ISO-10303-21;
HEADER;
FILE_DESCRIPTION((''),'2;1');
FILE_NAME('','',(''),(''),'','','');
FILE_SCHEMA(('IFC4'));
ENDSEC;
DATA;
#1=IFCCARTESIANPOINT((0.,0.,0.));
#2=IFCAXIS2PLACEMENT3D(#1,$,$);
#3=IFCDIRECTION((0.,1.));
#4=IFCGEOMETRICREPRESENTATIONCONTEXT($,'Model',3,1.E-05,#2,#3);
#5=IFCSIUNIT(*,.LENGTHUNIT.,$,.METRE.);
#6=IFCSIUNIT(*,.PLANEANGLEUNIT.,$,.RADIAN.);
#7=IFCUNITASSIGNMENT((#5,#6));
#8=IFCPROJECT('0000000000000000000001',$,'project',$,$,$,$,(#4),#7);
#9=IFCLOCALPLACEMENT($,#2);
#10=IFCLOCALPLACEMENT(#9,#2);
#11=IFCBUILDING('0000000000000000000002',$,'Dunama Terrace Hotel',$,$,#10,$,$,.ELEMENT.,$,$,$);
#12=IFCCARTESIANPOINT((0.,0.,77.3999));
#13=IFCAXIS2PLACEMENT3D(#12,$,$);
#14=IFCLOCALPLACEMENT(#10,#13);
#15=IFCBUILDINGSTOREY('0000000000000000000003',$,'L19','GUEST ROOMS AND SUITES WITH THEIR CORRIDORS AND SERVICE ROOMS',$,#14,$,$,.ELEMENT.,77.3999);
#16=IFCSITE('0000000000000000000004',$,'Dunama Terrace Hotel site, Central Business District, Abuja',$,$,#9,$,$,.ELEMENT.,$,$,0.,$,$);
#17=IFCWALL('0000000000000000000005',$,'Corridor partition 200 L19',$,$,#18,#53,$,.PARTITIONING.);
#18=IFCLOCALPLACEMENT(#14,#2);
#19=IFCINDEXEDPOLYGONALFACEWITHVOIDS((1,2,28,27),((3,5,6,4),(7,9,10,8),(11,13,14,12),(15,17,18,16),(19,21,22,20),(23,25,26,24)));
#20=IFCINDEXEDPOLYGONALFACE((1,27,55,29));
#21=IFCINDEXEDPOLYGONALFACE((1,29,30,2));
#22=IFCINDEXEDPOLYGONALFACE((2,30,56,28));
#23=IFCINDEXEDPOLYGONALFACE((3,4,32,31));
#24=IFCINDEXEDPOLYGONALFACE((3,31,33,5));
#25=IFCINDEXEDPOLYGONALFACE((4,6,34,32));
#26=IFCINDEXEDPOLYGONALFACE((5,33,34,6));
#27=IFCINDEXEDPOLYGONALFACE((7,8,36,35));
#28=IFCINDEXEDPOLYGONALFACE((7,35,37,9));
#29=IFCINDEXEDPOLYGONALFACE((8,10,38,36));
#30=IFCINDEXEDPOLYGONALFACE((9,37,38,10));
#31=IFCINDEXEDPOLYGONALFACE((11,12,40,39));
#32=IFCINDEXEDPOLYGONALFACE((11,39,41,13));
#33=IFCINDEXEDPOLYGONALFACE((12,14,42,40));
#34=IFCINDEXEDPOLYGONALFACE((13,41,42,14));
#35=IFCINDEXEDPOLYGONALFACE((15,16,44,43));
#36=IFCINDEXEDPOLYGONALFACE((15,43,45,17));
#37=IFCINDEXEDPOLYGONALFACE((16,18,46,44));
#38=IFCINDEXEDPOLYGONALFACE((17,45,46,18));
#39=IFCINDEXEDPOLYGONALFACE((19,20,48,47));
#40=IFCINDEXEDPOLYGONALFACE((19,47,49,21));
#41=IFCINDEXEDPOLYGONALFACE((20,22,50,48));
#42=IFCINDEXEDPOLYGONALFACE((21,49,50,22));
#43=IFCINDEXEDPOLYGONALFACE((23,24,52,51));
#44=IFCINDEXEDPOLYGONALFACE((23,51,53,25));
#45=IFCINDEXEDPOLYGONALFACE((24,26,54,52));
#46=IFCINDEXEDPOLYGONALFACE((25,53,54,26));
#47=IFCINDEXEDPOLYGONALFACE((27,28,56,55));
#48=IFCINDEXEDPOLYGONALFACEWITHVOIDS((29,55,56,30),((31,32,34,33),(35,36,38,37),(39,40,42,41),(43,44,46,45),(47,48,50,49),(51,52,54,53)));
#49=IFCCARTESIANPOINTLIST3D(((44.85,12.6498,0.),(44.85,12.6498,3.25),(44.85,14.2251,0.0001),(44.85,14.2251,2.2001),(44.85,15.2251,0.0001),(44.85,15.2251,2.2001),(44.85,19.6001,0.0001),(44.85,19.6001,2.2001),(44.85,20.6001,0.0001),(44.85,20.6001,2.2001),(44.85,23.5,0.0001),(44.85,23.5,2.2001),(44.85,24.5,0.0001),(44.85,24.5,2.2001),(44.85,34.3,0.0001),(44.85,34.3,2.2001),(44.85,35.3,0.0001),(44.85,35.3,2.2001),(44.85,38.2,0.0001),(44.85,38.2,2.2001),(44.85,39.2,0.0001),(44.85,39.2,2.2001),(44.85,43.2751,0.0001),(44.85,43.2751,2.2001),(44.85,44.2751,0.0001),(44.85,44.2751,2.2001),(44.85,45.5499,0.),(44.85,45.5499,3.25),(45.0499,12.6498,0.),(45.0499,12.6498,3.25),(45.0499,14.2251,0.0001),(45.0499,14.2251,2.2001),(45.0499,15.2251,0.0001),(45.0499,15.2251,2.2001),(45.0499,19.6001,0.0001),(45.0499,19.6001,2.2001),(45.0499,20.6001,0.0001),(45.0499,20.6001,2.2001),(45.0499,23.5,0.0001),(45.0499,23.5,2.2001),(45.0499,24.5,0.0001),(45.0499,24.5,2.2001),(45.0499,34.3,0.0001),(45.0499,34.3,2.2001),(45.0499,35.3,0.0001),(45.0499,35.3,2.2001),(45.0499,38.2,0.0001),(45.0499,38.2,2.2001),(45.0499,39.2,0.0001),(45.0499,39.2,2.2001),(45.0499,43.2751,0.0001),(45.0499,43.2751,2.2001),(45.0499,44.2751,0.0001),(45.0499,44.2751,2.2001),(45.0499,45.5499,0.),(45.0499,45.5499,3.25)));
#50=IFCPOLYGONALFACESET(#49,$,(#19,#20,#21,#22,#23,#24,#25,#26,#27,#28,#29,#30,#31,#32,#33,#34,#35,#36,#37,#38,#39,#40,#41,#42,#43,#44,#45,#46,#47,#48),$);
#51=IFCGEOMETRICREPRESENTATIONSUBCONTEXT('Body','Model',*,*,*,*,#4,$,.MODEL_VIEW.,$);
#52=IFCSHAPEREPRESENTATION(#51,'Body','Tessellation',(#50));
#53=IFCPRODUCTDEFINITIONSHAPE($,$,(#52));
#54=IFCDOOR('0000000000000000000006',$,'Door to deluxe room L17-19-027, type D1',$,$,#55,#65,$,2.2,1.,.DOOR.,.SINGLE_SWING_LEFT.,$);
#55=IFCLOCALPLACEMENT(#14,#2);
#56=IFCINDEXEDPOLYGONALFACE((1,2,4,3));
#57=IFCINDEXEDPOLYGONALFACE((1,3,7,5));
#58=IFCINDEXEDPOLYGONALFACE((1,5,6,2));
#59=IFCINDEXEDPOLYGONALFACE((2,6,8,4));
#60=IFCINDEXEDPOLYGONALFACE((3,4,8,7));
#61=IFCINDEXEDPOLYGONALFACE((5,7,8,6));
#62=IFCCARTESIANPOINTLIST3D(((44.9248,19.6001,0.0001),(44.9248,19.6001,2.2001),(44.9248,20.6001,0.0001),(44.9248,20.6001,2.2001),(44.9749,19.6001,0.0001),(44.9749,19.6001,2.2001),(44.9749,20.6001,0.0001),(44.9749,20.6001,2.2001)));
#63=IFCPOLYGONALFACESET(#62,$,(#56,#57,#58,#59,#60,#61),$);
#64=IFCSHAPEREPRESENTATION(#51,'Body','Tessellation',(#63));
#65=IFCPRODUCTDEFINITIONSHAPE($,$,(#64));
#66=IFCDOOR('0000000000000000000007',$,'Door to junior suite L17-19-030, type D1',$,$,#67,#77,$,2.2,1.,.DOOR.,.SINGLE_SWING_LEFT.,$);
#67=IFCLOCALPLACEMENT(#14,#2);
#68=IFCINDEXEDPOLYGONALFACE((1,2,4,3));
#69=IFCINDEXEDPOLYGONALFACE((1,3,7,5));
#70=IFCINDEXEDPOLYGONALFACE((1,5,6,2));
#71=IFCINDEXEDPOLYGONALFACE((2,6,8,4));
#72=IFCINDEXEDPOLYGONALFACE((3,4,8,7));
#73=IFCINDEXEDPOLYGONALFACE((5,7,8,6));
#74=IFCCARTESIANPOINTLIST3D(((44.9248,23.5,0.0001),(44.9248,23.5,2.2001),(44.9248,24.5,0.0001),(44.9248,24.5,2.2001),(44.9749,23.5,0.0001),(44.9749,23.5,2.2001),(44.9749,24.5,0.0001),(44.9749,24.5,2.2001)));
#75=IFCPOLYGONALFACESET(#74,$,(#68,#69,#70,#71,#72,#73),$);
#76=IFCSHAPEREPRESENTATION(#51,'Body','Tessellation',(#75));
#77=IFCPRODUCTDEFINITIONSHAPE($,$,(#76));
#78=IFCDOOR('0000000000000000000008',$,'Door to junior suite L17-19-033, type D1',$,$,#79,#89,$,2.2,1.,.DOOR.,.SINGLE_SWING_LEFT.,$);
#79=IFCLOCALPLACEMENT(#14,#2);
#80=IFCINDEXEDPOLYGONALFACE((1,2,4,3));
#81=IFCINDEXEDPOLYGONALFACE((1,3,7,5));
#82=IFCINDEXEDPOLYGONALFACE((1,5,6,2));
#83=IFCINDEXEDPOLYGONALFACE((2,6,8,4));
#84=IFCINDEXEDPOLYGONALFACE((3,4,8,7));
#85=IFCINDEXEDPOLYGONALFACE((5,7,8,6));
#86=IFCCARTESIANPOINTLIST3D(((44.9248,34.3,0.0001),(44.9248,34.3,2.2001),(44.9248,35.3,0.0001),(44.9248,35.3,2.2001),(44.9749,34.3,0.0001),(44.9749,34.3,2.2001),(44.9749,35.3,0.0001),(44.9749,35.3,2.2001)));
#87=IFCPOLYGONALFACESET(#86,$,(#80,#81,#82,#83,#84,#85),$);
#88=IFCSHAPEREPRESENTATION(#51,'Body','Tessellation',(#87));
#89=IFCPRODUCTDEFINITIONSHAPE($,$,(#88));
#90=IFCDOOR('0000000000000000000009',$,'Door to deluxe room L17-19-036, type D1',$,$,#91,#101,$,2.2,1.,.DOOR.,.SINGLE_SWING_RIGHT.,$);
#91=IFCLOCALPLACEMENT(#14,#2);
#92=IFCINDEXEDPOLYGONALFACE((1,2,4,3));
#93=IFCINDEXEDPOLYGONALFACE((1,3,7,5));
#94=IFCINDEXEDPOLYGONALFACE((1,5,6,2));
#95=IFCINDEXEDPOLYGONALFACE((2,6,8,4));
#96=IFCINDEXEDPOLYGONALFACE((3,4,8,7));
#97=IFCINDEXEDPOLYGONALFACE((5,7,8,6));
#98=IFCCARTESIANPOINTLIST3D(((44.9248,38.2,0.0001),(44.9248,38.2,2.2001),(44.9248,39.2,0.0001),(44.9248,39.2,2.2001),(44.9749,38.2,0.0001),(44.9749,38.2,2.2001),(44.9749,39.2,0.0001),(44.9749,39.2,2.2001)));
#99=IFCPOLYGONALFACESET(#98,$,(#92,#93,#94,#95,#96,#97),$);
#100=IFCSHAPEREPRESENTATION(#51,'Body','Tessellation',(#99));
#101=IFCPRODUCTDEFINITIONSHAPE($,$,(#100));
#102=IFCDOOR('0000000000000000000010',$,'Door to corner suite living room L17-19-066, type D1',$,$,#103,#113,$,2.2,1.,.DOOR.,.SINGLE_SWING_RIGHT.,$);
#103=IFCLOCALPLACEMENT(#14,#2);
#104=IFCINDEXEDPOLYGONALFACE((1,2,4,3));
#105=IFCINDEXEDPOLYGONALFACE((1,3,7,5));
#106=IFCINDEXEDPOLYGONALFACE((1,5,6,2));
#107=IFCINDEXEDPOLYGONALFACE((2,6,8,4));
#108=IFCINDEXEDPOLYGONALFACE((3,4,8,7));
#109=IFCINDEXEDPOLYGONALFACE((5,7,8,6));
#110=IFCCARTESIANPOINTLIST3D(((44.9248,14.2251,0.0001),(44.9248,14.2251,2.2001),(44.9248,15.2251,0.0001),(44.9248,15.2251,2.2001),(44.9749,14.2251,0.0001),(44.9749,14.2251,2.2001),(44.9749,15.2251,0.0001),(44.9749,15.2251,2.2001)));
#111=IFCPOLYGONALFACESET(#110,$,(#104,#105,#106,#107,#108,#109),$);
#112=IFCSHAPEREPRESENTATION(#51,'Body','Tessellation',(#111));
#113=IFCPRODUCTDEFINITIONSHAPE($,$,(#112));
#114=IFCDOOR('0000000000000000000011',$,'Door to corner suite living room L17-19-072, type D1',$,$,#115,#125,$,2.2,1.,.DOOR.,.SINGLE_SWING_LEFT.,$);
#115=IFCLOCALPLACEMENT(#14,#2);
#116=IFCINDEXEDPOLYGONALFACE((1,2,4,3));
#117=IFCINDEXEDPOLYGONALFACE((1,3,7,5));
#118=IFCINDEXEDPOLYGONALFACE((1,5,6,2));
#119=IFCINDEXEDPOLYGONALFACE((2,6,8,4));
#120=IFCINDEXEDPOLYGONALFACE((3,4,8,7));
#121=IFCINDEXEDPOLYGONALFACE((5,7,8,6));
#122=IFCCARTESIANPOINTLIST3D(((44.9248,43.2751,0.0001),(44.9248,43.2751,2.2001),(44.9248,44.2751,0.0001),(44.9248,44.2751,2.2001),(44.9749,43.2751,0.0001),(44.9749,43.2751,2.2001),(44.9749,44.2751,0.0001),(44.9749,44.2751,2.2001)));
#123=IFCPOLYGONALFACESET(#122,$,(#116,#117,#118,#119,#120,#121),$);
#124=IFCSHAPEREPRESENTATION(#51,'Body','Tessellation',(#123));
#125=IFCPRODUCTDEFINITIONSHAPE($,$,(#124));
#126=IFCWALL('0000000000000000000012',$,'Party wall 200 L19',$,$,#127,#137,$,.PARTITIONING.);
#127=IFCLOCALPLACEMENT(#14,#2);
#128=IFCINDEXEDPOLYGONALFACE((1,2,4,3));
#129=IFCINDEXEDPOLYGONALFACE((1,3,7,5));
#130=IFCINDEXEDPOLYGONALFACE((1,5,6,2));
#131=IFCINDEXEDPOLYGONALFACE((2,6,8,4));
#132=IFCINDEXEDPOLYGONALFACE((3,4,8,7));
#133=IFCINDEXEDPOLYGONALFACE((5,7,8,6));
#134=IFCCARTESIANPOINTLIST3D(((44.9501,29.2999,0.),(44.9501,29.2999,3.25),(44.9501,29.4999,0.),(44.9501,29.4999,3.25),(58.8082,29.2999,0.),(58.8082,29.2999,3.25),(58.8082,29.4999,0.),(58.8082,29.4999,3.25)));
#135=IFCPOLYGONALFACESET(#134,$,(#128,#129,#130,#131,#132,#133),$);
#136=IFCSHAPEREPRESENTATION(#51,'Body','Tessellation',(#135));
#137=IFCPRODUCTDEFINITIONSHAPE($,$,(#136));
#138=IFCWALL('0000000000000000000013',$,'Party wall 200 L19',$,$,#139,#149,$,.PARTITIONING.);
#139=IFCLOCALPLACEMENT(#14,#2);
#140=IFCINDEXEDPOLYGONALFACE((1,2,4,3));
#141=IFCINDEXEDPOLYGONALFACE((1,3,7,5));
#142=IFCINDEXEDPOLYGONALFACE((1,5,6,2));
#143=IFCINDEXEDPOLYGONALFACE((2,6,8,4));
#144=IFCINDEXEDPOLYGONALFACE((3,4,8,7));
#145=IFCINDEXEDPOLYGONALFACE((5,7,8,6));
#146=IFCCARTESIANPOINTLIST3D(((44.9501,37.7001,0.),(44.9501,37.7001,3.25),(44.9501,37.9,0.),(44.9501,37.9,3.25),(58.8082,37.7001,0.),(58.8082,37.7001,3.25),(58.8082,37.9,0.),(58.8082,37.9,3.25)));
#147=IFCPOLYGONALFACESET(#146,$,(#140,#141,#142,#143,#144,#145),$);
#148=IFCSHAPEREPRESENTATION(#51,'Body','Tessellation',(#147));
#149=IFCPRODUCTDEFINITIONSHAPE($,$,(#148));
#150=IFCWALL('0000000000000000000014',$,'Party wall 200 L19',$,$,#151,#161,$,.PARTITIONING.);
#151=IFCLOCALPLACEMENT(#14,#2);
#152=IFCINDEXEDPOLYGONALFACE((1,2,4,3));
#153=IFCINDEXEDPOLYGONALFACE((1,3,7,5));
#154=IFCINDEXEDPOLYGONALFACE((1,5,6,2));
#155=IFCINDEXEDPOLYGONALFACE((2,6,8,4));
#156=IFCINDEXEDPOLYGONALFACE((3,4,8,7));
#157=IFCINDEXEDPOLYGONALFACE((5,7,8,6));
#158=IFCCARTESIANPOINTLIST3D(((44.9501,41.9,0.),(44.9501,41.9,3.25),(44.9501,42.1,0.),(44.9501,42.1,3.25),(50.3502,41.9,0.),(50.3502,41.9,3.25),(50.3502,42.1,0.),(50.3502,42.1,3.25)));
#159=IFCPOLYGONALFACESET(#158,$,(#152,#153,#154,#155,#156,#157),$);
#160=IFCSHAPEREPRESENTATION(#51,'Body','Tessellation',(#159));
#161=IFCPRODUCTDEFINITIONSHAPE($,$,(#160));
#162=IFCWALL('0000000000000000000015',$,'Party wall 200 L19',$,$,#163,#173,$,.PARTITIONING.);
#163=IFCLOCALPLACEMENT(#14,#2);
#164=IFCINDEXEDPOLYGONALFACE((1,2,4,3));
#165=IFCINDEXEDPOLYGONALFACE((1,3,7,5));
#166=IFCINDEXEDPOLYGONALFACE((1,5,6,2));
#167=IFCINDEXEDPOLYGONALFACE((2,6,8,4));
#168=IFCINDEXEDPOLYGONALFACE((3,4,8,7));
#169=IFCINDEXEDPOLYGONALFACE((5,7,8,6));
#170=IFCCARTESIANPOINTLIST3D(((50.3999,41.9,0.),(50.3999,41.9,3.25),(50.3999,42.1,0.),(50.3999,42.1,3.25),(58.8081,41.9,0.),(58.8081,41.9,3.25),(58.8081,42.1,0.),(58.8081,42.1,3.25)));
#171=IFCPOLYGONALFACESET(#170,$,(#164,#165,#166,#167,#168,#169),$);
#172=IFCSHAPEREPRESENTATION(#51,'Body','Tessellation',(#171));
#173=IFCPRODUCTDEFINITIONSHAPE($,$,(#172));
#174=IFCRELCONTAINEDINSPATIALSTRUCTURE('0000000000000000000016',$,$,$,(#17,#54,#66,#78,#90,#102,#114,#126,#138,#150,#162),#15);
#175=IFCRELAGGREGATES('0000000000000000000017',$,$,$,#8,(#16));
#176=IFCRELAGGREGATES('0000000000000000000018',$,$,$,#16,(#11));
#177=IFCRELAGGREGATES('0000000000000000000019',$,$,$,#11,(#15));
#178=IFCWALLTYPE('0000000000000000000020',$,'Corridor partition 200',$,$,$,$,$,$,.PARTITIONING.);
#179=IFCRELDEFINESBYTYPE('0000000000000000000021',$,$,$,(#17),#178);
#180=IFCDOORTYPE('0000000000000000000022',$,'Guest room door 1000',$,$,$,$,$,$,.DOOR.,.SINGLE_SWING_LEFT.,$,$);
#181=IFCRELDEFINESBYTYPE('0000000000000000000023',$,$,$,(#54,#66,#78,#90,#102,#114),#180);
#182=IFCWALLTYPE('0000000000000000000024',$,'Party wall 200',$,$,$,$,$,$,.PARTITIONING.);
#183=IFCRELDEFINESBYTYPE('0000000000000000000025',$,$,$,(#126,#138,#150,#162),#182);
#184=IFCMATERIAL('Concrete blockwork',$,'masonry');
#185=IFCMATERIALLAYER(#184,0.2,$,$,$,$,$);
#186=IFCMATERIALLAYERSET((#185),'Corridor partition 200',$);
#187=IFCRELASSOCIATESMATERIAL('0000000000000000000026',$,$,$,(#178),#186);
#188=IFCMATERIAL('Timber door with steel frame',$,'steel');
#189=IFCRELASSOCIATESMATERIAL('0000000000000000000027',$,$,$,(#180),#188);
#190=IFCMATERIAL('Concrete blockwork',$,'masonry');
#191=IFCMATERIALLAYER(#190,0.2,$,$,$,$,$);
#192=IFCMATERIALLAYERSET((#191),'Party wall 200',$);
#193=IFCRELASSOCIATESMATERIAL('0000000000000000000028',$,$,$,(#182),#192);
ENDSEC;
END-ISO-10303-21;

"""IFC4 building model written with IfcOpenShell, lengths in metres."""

from ifc_helpers import new_model, si_unit, direction, frame, frame_2d, origin, place, context, subcontext, project, spatial, rectangle, extrude, material, layer, layer_set, type_object, element, fill, save


model = new_model("IFC4")

# Units and contexts
model_context = context("Model", 3, precision=1e-05, world=origin(), true_north=direction((0.0, 1.0)))
body_context = subcontext(model_context, "Body", "Model", "MODEL_VIEW")
ifc_project = project(units=[si_unit("LENGTHUNIT", "METRE"), si_unit("PLANEANGLEUNIT", "RADIAN")], contexts=[model_context])

# Site, building, storey
site_placement = place(None, origin())
site = spatial("IfcSite", under=ifc_project, at=site_placement, Name="Dunama Terrace Hotel site, Central Business District, Abuja", CompositionType="ELEMENT", RefElevation=0.0)
building_placement = place(site_placement, origin())
building = spatial("IfcBuilding", under=site, at=building_placement, Name="Dunama Terrace Hotel", CompositionType="ELEMENT")
storey_placement = place(building_placement, frame((0.0, 0.0, 77.3999)))
storey = spatial("IfcBuildingStorey", under=building, at=storey_placement, Name="L19", Description="GUEST ROOMS AND SUITES WITH THEIR CORRIDORS AND SERVICE ROOMS", CompositionType="ELEMENT", Elevation=77.3999)

# Wall, openings, doors
ifc_material_1 = material(Name="Concrete blockwork", Category="masonry")
ifc_layer_1 = layer(ifc_material_1, 0.2)
ifc_layer_set_1 = layer_set([ifc_layer_1], Name="Corridor partition 200")
wall_type_1 = type_object("IfcWallType", Name="Corridor partition 200", PredefinedType="PARTITIONING", material=ifc_layer_set_1)
wall_1_placement = place(storey_placement, frame((44.95, 45.55, 0.0), z_axis=(0.0, 0.0, 1.0), x_axis=(0.0, -1.0, 0.0)))
wall_1 = element("IfcWall", 1, at=wall_1_placement, inside=storey, type_object=wall_type_1, Name="Corridor partition 200 L19", PredefinedType="PARTITIONING", context=body_context, shape_type="SweptSolid", body=[
    extrude(rectangle(XDim=32.9001, YDim=0.2, at=frame_2d((16.4502, 0.0))), origin(), (0.0, 0.0, 1.0), 3.25),
])
opening_1_placement = place(wall_1_placement, frame((24.95, 0.0, 0.0)))
opening_1 = element("IfcOpeningElement", 2, at=opening_1_placement, cuts=wall_1, PredefinedType="OPENING", context=body_context, shape_type="SweptSolid", body=[
    extrude(rectangle(XDim=1.0, YDim=2.2, at=frame_2d((0.5, 1.1001))), frame((0.0, 0.1099, 0.0), z_axis=(0.0, -1.0, 0.0), x_axis=(1.0, 0.0, 0.0)), (0.0, 0.0, 1.0), 0.22),
])
opening_2_placement = place(wall_1_placement, frame((21.05, 0.0, 0.0)))
opening_2 = element("IfcOpeningElement", 3, at=opening_2_placement, cuts=wall_1, PredefinedType="OPENING", context=body_context, shape_type="SweptSolid", body=[
    extrude(rectangle(XDim=1.0, YDim=2.2, at=frame_2d((0.5, 1.1001))), frame((0.0, 0.1099, 0.0), z_axis=(0.0, -1.0, 0.0), x_axis=(1.0, 0.0, 0.0)), (0.0, 0.0, 1.0), 0.22),
])
opening_3_placement = place(wall_1_placement, frame((10.25, 0.0, 0.0)))
opening_3 = element("IfcOpeningElement", 4, at=opening_3_placement, cuts=wall_1, PredefinedType="OPENING", context=body_context, shape_type="SweptSolid", body=[
    extrude(rectangle(XDim=1.0, YDim=2.2, at=frame_2d((0.5, 1.1001))), frame((0.0, 0.1099, 0.0), z_axis=(0.0, -1.0, 0.0), x_axis=(1.0, 0.0, 0.0)), (0.0, 0.0, 1.0), 0.22),
])
opening_4_placement = place(wall_1_placement, frame((6.3501, 0.0, 0.0)))
opening_4 = element("IfcOpeningElement", 5, at=opening_4_placement, cuts=wall_1, PredefinedType="OPENING", context=body_context, shape_type="SweptSolid", body=[
    extrude(rectangle(XDim=1.0, YDim=2.2, at=frame_2d((0.5, 1.1001))), frame((0.0, 0.1099, 0.0), z_axis=(0.0, -1.0, 0.0), x_axis=(1.0, 0.0, 0.0)), (0.0, 0.0, 1.0), 0.22),
])
opening_5_placement = place(wall_1_placement, frame((30.325, 0.0, 0.0)))
opening_5 = element("IfcOpeningElement", 6, at=opening_5_placement, cuts=wall_1, PredefinedType="OPENING", context=body_context, shape_type="SweptSolid", body=[
    extrude(rectangle(XDim=1.0, YDim=2.2, at=frame_2d((0.5, 1.1001))), frame((0.0, 0.1099, 0.0), z_axis=(0.0, -1.0, 0.0), x_axis=(1.0, 0.0, 0.0)), (0.0, 0.0, 1.0), 0.22),
])
opening_6_placement = place(wall_1_placement, frame((1.2749, 0.0, 0.0)))
opening_6 = element("IfcOpeningElement", 7, at=opening_6_placement, cuts=wall_1, PredefinedType="OPENING", context=body_context, shape_type="SweptSolid", body=[
    extrude(rectangle(XDim=1.0, YDim=2.2, at=frame_2d((0.5, 1.1001))), frame((0.0, 0.1099, 0.0), z_axis=(0.0, -1.0, 0.0), x_axis=(1.0, 0.0, 0.0)), (0.0, 0.0, 1.0), 0.22),
])
ifc_material_2 = material(Name="Timber door with steel frame", Category="steel")
door_type_1 = type_object("IfcDoorType", Name="Guest room door 1000", OperationType="SINGLE_SWING_LEFT", PredefinedType="DOOR", material=ifc_material_2)
door_1_placement = place(opening_1_placement, origin())
door_1 = element("IfcDoor", 8, at=door_1_placement, inside=storey, type_object=door_type_1, Name="Door to deluxe room L17-19-027, type D1", OperationType="SINGLE_SWING_LEFT", OverallHeight=2.2, OverallWidth=1.0, PredefinedType="DOOR", context=body_context, shape_type="SweptSolid", body=[
    extrude(rectangle(XDim=1.0, YDim=2.2, at=frame_2d((0.5, 1.1001))), frame((0.0, 0.0249, 0.0), z_axis=(0.0, -1.0, 0.0), x_axis=(1.0, 0.0, 0.0)), (0.0, 0.0, 1.0), 0.05),
])
fill(opening_1, door_1)
door_2_placement = place(opening_2_placement, origin())
door_2 = element("IfcDoor", 9, at=door_2_placement, inside=storey, type_object=door_type_1, Name="Door to junior suite L17-19-030, type D1", OperationType="SINGLE_SWING_LEFT", OverallHeight=2.2, OverallWidth=1.0, PredefinedType="DOOR", context=body_context, shape_type="SweptSolid", body=[
    extrude(rectangle(XDim=1.0, YDim=2.2, at=frame_2d((0.5, 1.1001))), frame((0.0, 0.0249, 0.0), z_axis=(0.0, -1.0, 0.0), x_axis=(1.0, 0.0, 0.0)), (0.0, 0.0, 1.0), 0.05),
])
fill(opening_2, door_2)
door_3_placement = place(opening_3_placement, origin())
door_3 = element("IfcDoor", 10, at=door_3_placement, inside=storey, type_object=door_type_1, Name="Door to junior suite L17-19-033, type D1", OperationType="SINGLE_SWING_LEFT", OverallHeight=2.2, OverallWidth=1.0, PredefinedType="DOOR", context=body_context, shape_type="SweptSolid", body=[
    extrude(rectangle(XDim=1.0, YDim=2.2, at=frame_2d((0.5, 1.1001))), frame((0.0, 0.0249, 0.0), z_axis=(0.0, -1.0, 0.0), x_axis=(1.0, 0.0, 0.0)), (0.0, 0.0, 1.0), 0.05),
])
fill(opening_3, door_3)
door_4_placement = place(opening_4_placement, origin())
door_4 = element("IfcDoor", 11, at=door_4_placement, inside=storey, type_object=door_type_1, Name="Door to deluxe room L17-19-036, type D1", OperationType="SINGLE_SWING_RIGHT", OverallHeight=2.2, OverallWidth=1.0, PredefinedType="DOOR", context=body_context, shape_type="SweptSolid", body=[
    extrude(rectangle(XDim=1.0, YDim=2.2, at=frame_2d((0.5, 1.1001))), frame((0.0, 0.0249, 0.0), z_axis=(0.0, -1.0, 0.0), x_axis=(1.0, 0.0, 0.0)), (0.0, 0.0, 1.0), 0.05),
])
fill(opening_4, door_4)
door_5_placement = place(opening_5_placement, origin())
door_5 = element("IfcDoor", 12, at=door_5_placement, inside=storey, type_object=door_type_1, Name="Door to corner suite living room L17-19-066, type D1", OperationType="SINGLE_SWING_RIGHT", OverallHeight=2.2, OverallWidth=1.0, PredefinedType="DOOR", context=body_context, shape_type="SweptSolid", body=[
    extrude(rectangle(XDim=1.0, YDim=2.2, at=frame_2d((0.5, 1.1001))), frame((0.0, 0.0249, 0.0), z_axis=(0.0, -1.0, 0.0), x_axis=(1.0, 0.0, 0.0)), (0.0, 0.0, 1.0), 0.05),
])
fill(opening_5, door_5)
door_6_placement = place(opening_6_placement, origin())
door_6 = element("IfcDoor", 13, at=door_6_placement, inside=storey, type_object=door_type_1, Name="Door to corner suite living room L17-19-072, type D1", OperationType="SINGLE_SWING_LEFT", OverallHeight=2.2, OverallWidth=1.0, PredefinedType="DOOR", context=body_context, shape_type="SweptSolid", body=[
    extrude(rectangle(XDim=1.0, YDim=2.2, at=frame_2d((0.5, 1.1001))), frame((0.0, 0.0249, 0.0), z_axis=(0.0, -1.0, 0.0), x_axis=(1.0, 0.0, 0.0)), (0.0, 0.0, 1.0), 0.05),
])
fill(opening_6, door_6)

# Walls
ifc_material_3 = material(Name="Concrete blockwork", Category="masonry")
ifc_layer_2 = layer(ifc_material_3, 0.2)
ifc_layer_set_2 = layer_set([ifc_layer_2], Name="Party wall 200")
wall_type_2 = type_object("IfcWallType", Name="Party wall 200", PredefinedType="PARTITIONING", material=ifc_layer_set_2)
for number, where, z_axis, x_axis, name in (
    (14, (44.95, 29.3999, 0.0), (0.0, 0.0, 1.0), (1.0, 0.0, 0.0), "Party wall 200 L19"),
    (15, (44.95, 37.8, 0.0), (0.0, 0.0, 1.0), (1.0, 0.0, 0.0), "Party wall 200 L19"),
):
    element("IfcWall", number, at=place(storey_placement, frame(where, z_axis=z_axis, x_axis=x_axis)), inside=storey, type_object=wall_type_2, Name=name, PredefinedType="PARTITIONING", context=body_context, shape_type="SweptSolid", body=[
        extrude(rectangle(XDim=13.8582, YDim=0.2, at=frame_2d((6.9292, 0.0))), origin(), (0.0, 0.0, 1.0), 3.25),
    ])
wall_2_placement = place(storey_placement, frame((44.95, 42.0, 0.0), z_axis=(0.0, 0.0, 1.0), x_axis=(1.0, 0.0, 0.0)))
element("IfcWall", 16, at=wall_2_placement, inside=storey, type_object=wall_type_2, Name="Party wall 200 L19", PredefinedType="PARTITIONING", context=body_context, shape_type="SweptSolid", body=[
    extrude(rectangle(XDim=5.4001, YDim=0.2, at=frame_2d((2.7002, 0.0))), origin(), (0.0, 0.0, 1.0), 3.25),
])
wall_3_placement = place(storey_placement, frame((50.3999, 42.0, 0.0), z_axis=(0.0, 0.0, 1.0), x_axis=(1.0, 0.0, 0.0)))
element("IfcWall", 17, at=wall_3_placement, inside=storey, type_object=wall_type_2, Name="Party wall 200 L19", PredefinedType="PARTITIONING", context=body_context, shape_type="SweptSolid", body=[
    extrude(rectangle(XDim=8.4082, YDim=0.2, at=frame_2d((4.2041, 0.0))), origin(), (0.0, 0.0, 1.0), 3.25),
])

save(model, "model.ifc")
